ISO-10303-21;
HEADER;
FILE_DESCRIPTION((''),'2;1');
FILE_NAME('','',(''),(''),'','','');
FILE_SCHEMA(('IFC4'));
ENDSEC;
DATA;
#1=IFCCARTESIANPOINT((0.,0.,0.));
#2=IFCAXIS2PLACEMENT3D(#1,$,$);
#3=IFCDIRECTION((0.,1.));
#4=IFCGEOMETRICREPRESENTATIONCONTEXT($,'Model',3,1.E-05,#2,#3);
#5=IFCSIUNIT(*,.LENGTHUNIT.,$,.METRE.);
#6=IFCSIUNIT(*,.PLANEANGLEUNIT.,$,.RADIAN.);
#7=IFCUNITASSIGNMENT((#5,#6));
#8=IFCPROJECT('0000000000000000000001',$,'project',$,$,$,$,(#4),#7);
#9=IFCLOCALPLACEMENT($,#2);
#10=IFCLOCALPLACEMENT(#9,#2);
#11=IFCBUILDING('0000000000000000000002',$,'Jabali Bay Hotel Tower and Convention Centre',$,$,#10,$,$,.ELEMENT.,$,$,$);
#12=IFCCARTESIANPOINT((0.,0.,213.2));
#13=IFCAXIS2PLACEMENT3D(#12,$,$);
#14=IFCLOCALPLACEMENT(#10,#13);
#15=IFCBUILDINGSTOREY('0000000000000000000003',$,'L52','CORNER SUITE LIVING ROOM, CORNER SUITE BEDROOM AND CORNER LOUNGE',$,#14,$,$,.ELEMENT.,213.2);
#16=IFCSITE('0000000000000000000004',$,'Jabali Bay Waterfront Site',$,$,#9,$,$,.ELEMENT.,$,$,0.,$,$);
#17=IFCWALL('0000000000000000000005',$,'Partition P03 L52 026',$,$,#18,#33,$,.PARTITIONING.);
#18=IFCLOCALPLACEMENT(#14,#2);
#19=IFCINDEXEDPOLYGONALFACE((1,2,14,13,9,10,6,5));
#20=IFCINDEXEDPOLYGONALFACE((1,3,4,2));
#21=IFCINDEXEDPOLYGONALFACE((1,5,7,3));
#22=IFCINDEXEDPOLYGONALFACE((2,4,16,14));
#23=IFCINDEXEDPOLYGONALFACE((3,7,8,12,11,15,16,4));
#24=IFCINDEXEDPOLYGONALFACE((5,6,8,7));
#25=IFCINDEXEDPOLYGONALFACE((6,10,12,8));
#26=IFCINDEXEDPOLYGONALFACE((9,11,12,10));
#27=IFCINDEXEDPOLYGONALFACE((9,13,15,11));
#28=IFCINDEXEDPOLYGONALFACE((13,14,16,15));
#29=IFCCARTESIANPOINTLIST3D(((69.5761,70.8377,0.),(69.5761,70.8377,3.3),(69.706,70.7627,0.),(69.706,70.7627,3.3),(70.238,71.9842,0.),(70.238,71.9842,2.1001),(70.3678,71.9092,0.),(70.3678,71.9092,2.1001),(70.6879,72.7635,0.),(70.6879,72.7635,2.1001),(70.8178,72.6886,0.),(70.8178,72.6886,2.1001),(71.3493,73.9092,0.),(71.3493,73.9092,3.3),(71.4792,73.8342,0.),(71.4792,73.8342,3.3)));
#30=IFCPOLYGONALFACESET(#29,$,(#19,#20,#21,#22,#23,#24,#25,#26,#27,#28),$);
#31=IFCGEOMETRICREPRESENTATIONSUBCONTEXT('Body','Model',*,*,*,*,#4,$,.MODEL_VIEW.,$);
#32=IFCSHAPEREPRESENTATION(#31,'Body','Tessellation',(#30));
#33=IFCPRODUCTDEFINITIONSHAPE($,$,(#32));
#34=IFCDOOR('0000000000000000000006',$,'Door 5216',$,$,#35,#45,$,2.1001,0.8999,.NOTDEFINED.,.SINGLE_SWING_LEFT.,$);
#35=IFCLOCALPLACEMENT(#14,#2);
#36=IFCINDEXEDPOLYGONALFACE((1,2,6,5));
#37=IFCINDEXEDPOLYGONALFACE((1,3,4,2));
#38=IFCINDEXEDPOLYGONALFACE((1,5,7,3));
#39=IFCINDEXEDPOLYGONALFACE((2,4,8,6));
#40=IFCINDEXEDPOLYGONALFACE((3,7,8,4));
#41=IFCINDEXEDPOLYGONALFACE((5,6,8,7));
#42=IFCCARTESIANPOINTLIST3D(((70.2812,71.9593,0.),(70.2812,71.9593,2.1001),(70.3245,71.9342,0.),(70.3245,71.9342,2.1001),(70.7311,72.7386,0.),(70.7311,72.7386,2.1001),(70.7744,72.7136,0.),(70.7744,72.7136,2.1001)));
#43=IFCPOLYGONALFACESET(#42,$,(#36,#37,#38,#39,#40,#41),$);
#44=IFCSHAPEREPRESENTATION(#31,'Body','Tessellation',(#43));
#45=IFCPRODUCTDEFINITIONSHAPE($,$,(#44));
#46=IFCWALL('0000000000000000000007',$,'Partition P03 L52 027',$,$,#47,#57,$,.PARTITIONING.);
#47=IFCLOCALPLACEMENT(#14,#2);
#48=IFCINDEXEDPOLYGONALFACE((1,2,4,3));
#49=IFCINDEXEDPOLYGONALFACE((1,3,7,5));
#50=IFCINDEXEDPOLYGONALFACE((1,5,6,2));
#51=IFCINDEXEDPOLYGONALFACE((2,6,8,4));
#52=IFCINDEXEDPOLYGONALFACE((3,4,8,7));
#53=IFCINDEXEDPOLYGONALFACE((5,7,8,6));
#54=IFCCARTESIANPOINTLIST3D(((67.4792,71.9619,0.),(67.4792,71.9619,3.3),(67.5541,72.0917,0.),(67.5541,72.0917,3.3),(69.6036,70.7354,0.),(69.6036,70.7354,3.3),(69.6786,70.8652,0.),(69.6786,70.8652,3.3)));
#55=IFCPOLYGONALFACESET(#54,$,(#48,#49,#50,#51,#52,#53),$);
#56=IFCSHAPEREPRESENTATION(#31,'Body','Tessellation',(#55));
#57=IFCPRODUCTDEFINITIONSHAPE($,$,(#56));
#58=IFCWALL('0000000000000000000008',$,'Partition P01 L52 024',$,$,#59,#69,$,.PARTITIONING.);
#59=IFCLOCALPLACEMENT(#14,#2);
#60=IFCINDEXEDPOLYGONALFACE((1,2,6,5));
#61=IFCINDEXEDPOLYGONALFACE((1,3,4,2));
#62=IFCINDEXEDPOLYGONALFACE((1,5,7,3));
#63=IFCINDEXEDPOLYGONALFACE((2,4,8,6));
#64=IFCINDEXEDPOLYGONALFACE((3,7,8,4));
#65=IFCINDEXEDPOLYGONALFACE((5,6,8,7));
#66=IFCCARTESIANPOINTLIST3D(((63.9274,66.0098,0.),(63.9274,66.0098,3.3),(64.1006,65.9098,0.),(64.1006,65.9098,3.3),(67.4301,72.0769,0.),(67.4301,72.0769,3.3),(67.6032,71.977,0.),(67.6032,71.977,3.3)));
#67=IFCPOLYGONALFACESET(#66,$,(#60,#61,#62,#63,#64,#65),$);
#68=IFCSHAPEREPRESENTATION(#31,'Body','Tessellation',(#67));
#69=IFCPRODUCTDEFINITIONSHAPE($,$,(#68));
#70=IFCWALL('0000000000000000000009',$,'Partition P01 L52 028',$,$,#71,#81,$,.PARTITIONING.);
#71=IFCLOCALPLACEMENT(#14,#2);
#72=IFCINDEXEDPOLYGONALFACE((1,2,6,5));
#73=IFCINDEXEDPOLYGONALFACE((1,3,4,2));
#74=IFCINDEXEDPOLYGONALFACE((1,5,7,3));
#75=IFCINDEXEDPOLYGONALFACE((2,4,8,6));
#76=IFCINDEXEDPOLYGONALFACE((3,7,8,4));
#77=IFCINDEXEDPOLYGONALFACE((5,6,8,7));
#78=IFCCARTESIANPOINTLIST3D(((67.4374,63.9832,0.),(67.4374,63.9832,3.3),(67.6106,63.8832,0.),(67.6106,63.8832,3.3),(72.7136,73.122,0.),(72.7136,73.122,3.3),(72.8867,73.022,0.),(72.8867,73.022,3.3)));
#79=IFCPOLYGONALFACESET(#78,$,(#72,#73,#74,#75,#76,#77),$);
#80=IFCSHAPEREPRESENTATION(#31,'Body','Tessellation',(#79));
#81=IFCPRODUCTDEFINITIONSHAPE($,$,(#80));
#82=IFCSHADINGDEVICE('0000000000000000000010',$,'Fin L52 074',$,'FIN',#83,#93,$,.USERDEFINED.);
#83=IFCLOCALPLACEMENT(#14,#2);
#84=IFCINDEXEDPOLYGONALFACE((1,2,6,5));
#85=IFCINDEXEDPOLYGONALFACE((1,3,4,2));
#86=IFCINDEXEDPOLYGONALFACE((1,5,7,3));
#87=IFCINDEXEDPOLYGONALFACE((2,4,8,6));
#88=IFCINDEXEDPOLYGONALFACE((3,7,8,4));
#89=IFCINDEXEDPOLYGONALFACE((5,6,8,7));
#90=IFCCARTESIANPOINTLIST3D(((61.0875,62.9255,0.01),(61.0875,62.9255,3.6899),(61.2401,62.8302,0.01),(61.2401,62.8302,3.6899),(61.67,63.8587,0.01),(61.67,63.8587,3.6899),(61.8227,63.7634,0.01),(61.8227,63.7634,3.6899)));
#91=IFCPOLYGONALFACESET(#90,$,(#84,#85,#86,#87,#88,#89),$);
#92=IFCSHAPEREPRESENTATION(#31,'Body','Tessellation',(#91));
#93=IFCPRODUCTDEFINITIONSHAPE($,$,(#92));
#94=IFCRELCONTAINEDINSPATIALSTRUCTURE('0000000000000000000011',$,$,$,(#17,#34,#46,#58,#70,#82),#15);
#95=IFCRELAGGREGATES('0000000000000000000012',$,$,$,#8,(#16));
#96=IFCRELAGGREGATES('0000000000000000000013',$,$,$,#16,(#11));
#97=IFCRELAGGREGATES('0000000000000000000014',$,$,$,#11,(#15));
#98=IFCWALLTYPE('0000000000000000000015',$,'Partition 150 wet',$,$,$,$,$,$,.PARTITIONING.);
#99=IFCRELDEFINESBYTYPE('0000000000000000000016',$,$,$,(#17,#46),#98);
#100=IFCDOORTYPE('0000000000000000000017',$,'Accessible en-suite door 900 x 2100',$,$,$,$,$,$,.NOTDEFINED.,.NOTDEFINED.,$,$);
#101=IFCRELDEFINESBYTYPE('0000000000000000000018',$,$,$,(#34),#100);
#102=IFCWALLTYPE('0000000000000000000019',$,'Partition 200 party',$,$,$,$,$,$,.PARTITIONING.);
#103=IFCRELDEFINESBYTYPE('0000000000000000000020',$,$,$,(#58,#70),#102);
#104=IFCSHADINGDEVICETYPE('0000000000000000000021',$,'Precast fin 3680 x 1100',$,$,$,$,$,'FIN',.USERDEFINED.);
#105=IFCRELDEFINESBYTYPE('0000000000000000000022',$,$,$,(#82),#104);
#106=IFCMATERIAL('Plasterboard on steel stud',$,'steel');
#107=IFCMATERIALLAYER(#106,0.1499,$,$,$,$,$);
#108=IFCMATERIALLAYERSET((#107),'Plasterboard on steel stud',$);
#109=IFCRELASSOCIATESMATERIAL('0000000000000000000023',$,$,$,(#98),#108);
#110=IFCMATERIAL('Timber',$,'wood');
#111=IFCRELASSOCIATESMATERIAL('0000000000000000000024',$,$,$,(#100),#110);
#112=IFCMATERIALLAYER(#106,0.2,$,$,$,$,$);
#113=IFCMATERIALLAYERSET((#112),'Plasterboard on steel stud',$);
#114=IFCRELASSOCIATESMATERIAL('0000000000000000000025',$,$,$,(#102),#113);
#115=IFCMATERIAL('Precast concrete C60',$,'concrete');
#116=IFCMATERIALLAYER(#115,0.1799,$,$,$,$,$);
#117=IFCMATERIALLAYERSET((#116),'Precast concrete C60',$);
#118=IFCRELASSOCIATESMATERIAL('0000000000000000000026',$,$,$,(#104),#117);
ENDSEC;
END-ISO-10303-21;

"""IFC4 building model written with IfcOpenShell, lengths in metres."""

from ifc_helpers import new_model, si_unit, direction, frame, frame_2d, origin, place, context, subcontext, project, spatial, rectangle, extrude, material, layer, layer_set, type_object, element, fill, save


model = new_model("IFC4")

# Units and contexts
model_context = context("Model", 3, precision=1e-05, world=origin(), true_north=direction((0.0, 1.0)))
body_context = subcontext(model_context, "Body", "Model", "MODEL_VIEW")
ifc_project = project(units=[si_unit("LENGTHUNIT", "METRE"), si_unit("PLANEANGLEUNIT", "RADIAN")], contexts=[model_context])

# Site, building, storey
site_placement = place(None, origin())
site = spatial("IfcSite", under=ifc_project, at=site_placement, Name="Jabali Bay Waterfront Site", CompositionType="ELEMENT", RefElevation=0.0)
building_placement = place(site_placement, origin())
building = spatial("IfcBuilding", under=site, at=building_placement, Name="Jabali Bay Hotel Tower and Convention Centre", CompositionType="ELEMENT")
storey_placement = place(building_placement, frame((0.0, 0.0, 213.2)))
storey = spatial("IfcBuildingStorey", under=building, at=storey_placement, Name="L52", Description="CORNER SUITE LIVING ROOM, CORNER SUITE BEDROOM AND CORNER LOUNGE", CompositionType="ELEMENT", Elevation=213.2)

# Shared definitions
ifc_material_1 = material(Name="Timber", Category="wood")

# Shared definitions
ifc_material_2 = material(Name="Plasterboard on steel stud", Category="steel")
ifc_layer_1 = layer(ifc_material_2, 0.1499)
ifc_layer_set_1 = layer_set([ifc_layer_1], Name="Plasterboard on steel stud")
wall_type_1 = type_object("IfcWallType", Name="Partition 150 wet", PredefinedType="PARTITIONING", material=ifc_layer_set_1)

# Wall, opening, door
wall_1_placement = place(storey_placement, frame((71.4143, 73.8718, 0.0), z_axis=(0.0, 0.0, 1.0), x_axis=(-0.499967, -0.866045, 0.0)))
wall_1 = element("IfcWall", 1, at=wall_1_placement, inside=storey, type_object=wall_type_1, Name="Partition P03 L52 026", PredefinedType="PARTITIONING", context=body_context, shape_type="SweptSolid", body=[
    extrude(rectangle(XDim=3.5466, YDim=0.1499, at=frame_2d((1.7734, 0.0))), origin(), (0.0, 0.0, 1.0), 3.3),
])
opening_1_placement = place(wall_1_placement, frame((1.323, 0.0, 0.0)))
opening_1 = element("IfcOpeningElement", 2, at=opening_1_placement, cuts=wall_1, PredefinedType="OPENING", context=body_context, shape_type="SweptSolid", body=[
    extrude(rectangle(XDim=0.8999, YDim=2.1001, at=frame_2d((0.45, 1.05))), frame((0.0, 0.0854, 0.0), z_axis=(0.0, -1.0, 0.0), x_axis=(1.0, 0.0, 0.0)), (0.0, 0.0, 1.0), 0.1709),
])
door_type_1 = type_object("IfcDoorType", Name="Accessible en-suite door 900 x 2100", OperationType="NOTDEFINED", PredefinedType="NOTDEFINED", material=ifc_material_1)
door_1_placement = place(opening_1_placement, origin())
door_1 = element("IfcDoor", 3, at=door_1_placement, inside=storey, type_object=door_type_1, Name="Door 5216", OperationType="SINGLE_SWING_LEFT", OverallHeight=2.1001, OverallWidth=0.8999, PredefinedType="NOTDEFINED", context=body_context, shape_type="SweptSolid", body=[
    extrude(rectangle(XDim=0.8999, YDim=2.1001, at=frame_2d((0.45, 1.05))), frame((0.0, 0.0249, 0.0), z_axis=(0.0, -1.0, 0.0), x_axis=(1.0, 0.0, 0.0)), (0.0, 0.0, 1.0), 0.05),
])
fill(opening_1, door_1)

# Walls
wall_2_placement = place(storey_placement, frame((69.6411, 70.8003, 0.0), z_axis=(0.0, 0.0, 1.0), x_axis=(-0.86603, 0.499992, 0.0)))
element("IfcWall", 4, at=wall_2_placement, inside=storey, type_object=wall_type_1, Name="Partition P03 L52 027", PredefinedType="PARTITIONING", context=body_context, shape_type="SweptSolid", body=[
    extrude(rectangle(XDim=2.4531, YDim=0.1499, at=frame_2d((1.2266, 0.0))), origin(), (0.0, 0.0, 1.0), 3.3),
])
ifc_layer_2 = layer(ifc_material_2, 0.2)
ifc_layer_set_2 = layer_set([ifc_layer_2], Name="Plasterboard on steel stud")
wall_type_2 = type_object("IfcWallType", Name="Partition 200 party", PredefinedType="PARTITIONING", material=ifc_layer_set_2)
wall_3_placement = place(storey_placement, frame((64.0139, 65.9597, 0.0), z_axis=(0.0, 0.0, 1.0), x_axis=(0.499981, 0.866036, 0.0)))
element("IfcWall", 5, at=wall_3_placement, inside=storey, type_object=wall_type_2, Name="Partition P01 L52 024", PredefinedType="PARTITIONING", context=body_context, shape_type="SweptSolid", body=[
    extrude(rectangle(XDim=7.0056, YDim=0.2, at=frame_2d((3.5029, 0.0))), origin(), (0.0, 0.0, 1.0), 3.3),
])
wall_4_placement = place(storey_placement, frame((67.5239, 63.9331, 0.0), z_axis=(0.0, 0.0, 1.0), x_axis=(0.499993, 0.866029, 0.0)))
element("IfcWall", 6, at=wall_4_placement, inside=storey, type_object=wall_type_2, Name="Partition P01 L52 028", PredefinedType="PARTITIONING", context=body_context, shape_type="SweptSolid", body=[
    extrude(rectangle(XDim=10.5525, YDim=0.2, at=frame_2d((5.2764, 0.0))), origin(), (0.0, 0.0, 1.0), 3.3),
])

# Shading device
ifc_material_3 = material(Name="Precast concrete C60", Category="concrete")
ifc_layer_3 = layer(ifc_material_3, 0.1799)
ifc_layer_set_3 = layer_set([ifc_layer_3], Name="Precast concrete C60")
shading_device_type = type_object("IfcShadingDeviceType", Name="Precast fin 3680 x 1100", ElementType="FIN", PredefinedType="USERDEFINED", material=ifc_layer_set_3)
shading_device_placement = place(storey_placement, frame((61.7463, 63.811, 0.01), z_axis=(0.0, 0.0, 1.0), x_axis=(-0.52956, -0.848273, 0.0)))
element("IfcShadingDevice", 7, at=shading_device_placement, inside=storey, type_object=shading_device_type, Name="Fin L52 074", ObjectType="FIN", PredefinedType="USERDEFINED", context=body_context, shape_type="SweptSolid", body=[
    extrude(rectangle(XDim=1.1001, YDim=0.1799, at=frame_2d((0.55, 0.0))), origin(), (0.0, 0.0, 1.0), 3.6799),
])

save(model, "model.ifc")
